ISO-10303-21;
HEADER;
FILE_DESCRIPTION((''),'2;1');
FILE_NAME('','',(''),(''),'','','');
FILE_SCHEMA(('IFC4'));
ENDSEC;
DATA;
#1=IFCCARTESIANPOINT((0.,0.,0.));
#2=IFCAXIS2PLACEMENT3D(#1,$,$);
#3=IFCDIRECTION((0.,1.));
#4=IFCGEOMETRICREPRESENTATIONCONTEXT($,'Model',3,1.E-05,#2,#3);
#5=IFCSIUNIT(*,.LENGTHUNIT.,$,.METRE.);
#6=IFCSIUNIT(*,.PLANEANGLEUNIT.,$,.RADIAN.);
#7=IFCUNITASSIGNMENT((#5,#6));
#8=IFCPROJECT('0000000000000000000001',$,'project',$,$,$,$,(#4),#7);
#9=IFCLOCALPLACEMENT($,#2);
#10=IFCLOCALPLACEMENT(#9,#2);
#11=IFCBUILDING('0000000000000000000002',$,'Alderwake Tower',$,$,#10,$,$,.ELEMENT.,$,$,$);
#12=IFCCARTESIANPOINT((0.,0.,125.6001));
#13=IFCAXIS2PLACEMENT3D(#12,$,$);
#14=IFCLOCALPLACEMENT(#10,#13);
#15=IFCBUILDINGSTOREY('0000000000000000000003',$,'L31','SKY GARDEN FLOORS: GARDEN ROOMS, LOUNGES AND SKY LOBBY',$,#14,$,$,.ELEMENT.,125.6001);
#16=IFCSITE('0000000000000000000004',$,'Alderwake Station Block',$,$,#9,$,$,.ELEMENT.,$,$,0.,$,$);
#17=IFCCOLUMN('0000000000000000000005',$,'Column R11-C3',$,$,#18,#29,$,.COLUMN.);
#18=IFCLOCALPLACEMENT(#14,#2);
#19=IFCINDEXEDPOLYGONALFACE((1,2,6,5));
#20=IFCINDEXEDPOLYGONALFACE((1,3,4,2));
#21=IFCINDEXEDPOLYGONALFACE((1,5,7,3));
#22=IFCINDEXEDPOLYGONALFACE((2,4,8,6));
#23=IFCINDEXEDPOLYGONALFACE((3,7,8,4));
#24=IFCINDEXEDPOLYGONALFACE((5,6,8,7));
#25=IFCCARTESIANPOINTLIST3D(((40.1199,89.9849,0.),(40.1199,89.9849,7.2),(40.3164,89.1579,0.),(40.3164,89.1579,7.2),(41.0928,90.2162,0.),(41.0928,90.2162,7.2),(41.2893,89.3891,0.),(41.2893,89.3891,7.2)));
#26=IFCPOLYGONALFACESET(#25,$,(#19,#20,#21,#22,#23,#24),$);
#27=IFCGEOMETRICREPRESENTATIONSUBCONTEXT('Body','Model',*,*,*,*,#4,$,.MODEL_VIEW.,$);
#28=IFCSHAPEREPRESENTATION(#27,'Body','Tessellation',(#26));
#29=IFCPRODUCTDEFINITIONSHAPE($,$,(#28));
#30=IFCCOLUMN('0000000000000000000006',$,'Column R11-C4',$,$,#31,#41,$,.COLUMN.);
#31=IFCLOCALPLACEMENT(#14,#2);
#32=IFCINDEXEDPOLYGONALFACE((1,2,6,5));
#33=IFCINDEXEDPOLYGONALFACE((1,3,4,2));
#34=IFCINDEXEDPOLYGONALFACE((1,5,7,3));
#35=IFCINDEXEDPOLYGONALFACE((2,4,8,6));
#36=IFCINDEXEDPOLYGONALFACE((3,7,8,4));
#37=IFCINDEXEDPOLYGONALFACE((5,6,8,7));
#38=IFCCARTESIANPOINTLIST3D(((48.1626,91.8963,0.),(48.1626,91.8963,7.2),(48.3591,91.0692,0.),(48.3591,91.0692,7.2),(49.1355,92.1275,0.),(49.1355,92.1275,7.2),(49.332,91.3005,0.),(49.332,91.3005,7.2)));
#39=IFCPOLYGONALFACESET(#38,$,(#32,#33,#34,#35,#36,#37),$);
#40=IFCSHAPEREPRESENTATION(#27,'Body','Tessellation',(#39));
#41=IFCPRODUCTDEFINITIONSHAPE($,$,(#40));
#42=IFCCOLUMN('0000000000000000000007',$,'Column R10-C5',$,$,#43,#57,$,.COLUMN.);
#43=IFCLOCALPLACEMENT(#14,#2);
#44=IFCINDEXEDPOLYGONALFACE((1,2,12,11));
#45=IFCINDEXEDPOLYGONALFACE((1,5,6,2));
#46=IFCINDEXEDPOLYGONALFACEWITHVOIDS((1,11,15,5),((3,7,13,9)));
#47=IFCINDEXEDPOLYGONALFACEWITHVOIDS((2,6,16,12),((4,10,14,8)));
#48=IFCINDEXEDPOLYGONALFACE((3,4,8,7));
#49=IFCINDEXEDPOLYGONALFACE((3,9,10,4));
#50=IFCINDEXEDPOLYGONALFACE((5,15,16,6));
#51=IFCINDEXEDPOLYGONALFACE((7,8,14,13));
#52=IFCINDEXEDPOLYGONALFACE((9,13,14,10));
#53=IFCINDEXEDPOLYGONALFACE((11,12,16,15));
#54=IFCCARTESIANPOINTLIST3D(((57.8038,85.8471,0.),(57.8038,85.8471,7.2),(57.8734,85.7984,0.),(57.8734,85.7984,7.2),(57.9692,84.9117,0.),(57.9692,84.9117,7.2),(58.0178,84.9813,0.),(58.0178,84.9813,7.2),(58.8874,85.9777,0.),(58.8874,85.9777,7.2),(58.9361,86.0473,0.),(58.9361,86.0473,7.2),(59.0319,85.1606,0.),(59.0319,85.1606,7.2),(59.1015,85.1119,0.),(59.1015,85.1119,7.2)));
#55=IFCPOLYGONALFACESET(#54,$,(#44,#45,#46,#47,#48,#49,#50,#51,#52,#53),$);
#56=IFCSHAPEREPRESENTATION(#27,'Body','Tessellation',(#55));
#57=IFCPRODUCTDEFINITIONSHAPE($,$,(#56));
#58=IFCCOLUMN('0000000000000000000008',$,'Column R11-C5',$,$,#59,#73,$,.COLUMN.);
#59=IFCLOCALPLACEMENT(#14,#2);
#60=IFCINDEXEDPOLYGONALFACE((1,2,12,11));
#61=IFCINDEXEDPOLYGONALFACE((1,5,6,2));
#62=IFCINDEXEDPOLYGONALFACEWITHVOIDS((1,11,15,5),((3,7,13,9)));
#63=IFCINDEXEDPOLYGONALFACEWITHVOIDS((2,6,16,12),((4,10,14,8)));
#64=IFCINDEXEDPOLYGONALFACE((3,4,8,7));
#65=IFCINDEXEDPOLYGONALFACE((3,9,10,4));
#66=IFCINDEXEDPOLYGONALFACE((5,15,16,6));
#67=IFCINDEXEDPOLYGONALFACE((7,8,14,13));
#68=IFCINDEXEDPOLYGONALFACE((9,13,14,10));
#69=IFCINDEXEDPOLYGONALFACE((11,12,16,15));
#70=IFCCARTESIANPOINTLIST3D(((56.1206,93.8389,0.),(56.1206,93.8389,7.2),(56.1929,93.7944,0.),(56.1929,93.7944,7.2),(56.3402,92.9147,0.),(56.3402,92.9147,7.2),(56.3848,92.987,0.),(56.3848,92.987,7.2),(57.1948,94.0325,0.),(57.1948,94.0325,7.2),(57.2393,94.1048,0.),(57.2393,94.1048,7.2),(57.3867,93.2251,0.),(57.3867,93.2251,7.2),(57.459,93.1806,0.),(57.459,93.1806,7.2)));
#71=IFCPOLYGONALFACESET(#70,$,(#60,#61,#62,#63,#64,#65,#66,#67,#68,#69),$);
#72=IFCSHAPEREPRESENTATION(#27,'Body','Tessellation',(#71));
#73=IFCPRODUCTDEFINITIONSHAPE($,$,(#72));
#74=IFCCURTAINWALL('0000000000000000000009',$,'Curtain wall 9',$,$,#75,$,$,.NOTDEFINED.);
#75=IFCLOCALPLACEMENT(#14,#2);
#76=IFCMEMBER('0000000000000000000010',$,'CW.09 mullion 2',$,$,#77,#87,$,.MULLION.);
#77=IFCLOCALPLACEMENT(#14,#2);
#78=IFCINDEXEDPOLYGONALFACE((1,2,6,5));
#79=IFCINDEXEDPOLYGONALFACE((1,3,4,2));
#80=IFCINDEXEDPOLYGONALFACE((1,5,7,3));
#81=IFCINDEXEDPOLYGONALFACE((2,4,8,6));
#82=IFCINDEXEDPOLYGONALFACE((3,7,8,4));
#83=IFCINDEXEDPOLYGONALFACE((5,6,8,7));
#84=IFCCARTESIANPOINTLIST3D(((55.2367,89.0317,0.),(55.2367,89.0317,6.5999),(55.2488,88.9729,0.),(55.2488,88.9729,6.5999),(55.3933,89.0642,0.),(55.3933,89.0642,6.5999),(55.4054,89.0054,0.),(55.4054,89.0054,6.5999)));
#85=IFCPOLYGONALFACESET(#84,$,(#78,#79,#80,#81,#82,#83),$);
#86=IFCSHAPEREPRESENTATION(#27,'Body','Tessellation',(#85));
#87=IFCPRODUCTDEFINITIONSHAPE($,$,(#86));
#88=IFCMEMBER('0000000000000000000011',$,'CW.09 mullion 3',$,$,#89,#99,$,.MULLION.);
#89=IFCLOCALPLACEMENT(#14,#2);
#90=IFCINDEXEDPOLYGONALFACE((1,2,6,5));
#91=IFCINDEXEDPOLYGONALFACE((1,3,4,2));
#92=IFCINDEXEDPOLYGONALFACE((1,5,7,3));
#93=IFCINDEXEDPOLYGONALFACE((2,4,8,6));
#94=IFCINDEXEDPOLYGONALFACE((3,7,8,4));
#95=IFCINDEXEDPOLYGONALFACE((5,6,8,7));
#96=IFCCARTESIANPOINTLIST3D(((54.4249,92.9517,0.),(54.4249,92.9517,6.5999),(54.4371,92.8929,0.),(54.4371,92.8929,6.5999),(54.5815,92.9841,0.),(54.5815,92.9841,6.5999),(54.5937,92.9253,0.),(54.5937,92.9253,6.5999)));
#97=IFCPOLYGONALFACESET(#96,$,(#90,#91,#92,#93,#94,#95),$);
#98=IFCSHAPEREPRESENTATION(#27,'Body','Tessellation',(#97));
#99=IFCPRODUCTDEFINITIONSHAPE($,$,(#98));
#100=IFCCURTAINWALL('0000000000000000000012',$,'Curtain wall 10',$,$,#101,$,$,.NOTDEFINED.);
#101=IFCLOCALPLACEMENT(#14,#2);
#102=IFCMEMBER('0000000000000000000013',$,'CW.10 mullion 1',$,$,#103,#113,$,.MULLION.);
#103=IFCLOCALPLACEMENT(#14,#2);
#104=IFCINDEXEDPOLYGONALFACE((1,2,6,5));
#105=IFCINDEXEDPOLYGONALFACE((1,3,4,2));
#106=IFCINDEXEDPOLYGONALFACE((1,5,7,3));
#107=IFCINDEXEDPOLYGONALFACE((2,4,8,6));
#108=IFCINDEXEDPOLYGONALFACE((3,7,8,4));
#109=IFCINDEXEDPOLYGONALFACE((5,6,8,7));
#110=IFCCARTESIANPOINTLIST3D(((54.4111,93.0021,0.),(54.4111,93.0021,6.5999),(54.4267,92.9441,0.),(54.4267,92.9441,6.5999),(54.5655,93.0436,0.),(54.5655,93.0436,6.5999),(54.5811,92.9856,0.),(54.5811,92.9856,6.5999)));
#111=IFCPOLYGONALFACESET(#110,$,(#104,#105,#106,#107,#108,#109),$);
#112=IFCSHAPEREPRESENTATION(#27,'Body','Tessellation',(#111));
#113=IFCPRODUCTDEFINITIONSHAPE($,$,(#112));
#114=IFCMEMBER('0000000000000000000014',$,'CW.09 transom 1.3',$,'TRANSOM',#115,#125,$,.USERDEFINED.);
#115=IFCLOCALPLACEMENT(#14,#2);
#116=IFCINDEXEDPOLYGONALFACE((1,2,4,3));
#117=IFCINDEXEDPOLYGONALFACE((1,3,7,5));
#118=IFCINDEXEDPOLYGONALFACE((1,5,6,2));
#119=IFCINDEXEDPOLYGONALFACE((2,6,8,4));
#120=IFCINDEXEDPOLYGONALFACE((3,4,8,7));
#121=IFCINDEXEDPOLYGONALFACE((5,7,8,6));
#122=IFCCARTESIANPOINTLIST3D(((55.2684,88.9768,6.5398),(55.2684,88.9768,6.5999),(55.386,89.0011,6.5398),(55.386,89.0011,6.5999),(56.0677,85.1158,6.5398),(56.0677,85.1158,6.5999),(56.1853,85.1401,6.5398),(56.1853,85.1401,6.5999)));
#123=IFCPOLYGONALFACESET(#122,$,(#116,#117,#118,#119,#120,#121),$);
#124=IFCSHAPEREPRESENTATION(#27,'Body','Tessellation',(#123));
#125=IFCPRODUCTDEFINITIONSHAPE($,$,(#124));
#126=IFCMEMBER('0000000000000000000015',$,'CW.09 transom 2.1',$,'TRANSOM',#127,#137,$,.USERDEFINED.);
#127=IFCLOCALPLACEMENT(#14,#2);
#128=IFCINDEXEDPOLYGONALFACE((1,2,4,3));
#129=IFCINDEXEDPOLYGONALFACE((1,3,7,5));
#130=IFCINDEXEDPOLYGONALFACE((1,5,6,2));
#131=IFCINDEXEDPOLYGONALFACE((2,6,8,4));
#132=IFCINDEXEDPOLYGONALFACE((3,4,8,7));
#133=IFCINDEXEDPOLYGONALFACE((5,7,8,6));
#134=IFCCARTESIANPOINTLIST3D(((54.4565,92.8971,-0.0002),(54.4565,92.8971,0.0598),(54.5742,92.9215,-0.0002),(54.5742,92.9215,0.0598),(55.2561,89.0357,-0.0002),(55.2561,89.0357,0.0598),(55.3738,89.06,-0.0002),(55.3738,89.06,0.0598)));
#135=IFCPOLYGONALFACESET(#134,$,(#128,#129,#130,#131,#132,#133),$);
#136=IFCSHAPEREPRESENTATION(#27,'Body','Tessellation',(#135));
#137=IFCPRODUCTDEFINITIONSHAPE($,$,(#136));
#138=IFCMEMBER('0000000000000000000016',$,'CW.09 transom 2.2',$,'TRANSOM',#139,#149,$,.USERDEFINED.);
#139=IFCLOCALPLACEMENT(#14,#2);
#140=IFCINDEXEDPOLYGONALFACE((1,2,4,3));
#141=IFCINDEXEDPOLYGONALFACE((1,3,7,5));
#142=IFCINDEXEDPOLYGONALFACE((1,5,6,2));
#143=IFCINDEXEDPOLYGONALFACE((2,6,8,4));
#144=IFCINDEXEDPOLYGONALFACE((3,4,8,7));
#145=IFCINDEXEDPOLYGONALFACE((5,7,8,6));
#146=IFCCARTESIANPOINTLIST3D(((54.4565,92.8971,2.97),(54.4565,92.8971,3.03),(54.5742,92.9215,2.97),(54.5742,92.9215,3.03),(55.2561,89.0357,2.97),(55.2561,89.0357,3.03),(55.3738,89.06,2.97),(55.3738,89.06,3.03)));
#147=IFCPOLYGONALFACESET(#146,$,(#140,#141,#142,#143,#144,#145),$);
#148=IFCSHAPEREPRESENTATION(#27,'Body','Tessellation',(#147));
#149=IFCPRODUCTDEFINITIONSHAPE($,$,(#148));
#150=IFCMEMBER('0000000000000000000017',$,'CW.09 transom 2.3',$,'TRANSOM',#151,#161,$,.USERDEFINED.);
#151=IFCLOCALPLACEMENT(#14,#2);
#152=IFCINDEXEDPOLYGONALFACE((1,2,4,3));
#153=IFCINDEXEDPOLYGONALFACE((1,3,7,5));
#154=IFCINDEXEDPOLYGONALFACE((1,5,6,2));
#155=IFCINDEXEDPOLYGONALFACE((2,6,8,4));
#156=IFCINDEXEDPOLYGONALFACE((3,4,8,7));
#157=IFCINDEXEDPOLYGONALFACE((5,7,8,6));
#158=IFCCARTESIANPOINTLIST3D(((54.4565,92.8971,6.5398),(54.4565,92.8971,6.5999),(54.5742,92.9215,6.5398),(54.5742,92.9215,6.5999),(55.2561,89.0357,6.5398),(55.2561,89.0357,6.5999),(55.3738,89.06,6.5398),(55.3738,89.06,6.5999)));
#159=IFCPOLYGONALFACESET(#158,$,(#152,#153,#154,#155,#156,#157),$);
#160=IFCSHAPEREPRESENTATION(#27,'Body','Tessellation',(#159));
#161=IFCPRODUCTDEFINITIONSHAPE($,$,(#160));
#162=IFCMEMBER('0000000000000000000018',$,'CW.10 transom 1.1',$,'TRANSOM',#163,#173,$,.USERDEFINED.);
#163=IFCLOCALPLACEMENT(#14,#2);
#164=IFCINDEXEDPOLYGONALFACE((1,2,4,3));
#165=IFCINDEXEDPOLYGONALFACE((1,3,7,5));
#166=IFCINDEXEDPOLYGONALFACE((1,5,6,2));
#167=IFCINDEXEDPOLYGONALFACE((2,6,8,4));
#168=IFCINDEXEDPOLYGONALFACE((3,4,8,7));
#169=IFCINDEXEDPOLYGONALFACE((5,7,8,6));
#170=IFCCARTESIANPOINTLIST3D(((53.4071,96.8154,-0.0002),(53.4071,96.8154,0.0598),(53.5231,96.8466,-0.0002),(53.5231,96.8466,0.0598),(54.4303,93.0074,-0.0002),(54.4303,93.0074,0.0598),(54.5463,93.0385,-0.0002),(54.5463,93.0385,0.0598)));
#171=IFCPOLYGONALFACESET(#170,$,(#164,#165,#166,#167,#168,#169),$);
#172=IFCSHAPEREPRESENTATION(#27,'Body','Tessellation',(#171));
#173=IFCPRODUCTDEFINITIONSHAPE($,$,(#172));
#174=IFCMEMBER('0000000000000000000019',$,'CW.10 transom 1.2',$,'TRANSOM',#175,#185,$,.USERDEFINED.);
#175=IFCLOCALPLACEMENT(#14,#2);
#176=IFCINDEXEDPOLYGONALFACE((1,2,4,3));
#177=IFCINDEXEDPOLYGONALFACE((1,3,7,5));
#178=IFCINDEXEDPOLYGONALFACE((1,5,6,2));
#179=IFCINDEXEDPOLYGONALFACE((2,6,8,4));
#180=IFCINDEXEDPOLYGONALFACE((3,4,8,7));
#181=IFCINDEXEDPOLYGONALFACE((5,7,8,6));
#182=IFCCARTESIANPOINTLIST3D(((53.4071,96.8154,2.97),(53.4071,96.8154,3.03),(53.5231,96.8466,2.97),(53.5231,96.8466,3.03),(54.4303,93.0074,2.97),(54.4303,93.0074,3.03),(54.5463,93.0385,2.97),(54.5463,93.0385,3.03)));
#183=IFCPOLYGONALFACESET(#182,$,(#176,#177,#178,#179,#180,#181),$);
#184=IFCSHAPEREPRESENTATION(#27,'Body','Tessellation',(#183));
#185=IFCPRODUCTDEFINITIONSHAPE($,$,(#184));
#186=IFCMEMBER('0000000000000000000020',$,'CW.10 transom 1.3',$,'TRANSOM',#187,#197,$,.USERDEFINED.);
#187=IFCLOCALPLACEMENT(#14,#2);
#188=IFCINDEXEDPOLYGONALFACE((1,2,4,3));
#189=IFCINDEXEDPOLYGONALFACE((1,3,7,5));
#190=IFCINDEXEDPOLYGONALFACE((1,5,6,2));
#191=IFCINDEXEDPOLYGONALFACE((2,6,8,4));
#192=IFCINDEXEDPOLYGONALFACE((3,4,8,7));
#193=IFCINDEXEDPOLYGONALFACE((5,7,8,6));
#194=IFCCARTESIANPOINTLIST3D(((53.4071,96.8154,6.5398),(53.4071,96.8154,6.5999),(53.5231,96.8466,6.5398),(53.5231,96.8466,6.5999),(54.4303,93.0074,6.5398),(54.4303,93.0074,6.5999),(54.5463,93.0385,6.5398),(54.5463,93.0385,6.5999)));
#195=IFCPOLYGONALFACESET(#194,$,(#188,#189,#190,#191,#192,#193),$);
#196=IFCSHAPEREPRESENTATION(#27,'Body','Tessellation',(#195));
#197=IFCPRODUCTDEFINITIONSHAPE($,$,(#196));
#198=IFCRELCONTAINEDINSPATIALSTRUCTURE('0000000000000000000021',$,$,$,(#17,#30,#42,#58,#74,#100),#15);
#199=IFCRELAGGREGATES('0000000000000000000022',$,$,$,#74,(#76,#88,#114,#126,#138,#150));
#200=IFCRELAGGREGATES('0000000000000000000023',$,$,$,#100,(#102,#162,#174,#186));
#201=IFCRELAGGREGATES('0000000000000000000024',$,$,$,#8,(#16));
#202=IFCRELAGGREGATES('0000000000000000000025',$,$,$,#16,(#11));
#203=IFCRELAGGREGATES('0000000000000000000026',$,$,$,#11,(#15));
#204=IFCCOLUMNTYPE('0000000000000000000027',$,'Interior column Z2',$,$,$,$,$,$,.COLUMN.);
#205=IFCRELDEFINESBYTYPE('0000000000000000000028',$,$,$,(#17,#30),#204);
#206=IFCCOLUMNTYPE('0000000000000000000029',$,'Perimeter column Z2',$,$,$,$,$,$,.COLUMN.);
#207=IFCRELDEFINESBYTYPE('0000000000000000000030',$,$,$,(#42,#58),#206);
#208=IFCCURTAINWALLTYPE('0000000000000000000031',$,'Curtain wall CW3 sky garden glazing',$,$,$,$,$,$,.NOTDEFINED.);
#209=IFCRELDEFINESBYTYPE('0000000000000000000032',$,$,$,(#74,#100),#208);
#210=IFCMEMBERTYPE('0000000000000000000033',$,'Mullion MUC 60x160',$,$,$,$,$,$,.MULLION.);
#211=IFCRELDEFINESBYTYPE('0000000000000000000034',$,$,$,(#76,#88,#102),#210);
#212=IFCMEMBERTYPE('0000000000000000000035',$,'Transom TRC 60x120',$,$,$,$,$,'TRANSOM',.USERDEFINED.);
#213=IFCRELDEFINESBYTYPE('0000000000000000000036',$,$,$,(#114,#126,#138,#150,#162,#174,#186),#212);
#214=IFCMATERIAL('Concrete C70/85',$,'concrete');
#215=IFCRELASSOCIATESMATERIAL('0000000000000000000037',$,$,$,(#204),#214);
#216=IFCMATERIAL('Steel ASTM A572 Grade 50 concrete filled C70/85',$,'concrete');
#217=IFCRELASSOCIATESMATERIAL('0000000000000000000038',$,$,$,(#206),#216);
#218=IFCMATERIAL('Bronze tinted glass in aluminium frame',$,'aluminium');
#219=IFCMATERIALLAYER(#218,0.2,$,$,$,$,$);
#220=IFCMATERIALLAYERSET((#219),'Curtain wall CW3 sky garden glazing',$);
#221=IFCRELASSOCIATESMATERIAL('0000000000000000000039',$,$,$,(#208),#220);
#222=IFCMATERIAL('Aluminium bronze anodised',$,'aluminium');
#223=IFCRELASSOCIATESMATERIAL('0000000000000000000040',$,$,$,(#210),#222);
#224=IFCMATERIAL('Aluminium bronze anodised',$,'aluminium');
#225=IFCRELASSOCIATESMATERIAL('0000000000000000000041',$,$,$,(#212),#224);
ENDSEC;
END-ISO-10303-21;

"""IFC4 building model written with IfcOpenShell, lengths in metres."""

from ifc_helpers import new_model, si_unit, direction, frame, origin, origin_2d, place, context, subcontext, project, spatial, rectangle, hollow_rectangle, extrude, material, layer, layer_set, material_profile, profile_set, type_object, element, aggregate, save


model = new_model("IFC4")

# Units and contexts
model_context = context("Model", 3, precision=1e-05, world=origin(), true_north=direction((0.0, 1.0)))
body_context = subcontext(model_context, "Body", "Model", "MODEL_VIEW")
ifc_project = project(units=[si_unit("LENGTHUNIT", "METRE"), si_unit("PLANEANGLEUNIT", "RADIAN")], contexts=[model_context])

# Site, building, storey
site_placement = place(None, origin())
site = spatial("IfcSite", under=ifc_project, at=site_placement, Name="Alderwake Station Block", CompositionType="ELEMENT", RefElevation=0.0)
building_placement = place(site_placement, origin())
building = spatial("IfcBuilding", under=site, at=building_placement, Name="Alderwake Tower", CompositionType="ELEMENT")
storey_placement = place(building_placement, frame((0.0, 0.0, 125.6001)))
storey = spatial("IfcBuildingStorey", under=building, at=storey_placement, Name="L31", Description="SKY GARDEN FLOORS: GARDEN ROOMS, LOUNGES AND SKY LOBBY", CompositionType="ELEMENT", Elevation=125.6001)

# Columns
ifc_material_1 = material(Name="Concrete C70/85", Category="concrete")
ifc_material_profile_1 = material_profile(ifc_material_1, rectangle(XDim=0.8501, YDim=1.0, at=origin_2d()), Name="RC 1000X850")
ifc_profile_set_1 = profile_set([ifc_material_profile_1], Name="Concrete C70/85")
column_type_1 = type_object("IfcColumnType", Name="Interior column Z2", PredefinedType="COLUMN", material=ifc_profile_set_1)
for number, where, z_axis, x_axis, name in (
    (1, (40.7046, 89.687, 0.0), (0.0, 0.0, 1.0), (-0.231222, 0.972901, 0.0), "Column R11-C3"),
    (2, (48.7473, 91.5984, 0.0), (0.0, 0.0, 1.0), (-0.231222, 0.972901, 0.0), "Column R11-C4"),
):
    element("IfcColumn", number, at=place(storey_placement, frame(where, z_axis=z_axis, x_axis=x_axis)), inside=storey, type_object=column_type_1, Name=name, PredefinedType="COLUMN", context=body_context, shape_type="SweptSolid", body=[
        extrude(rectangle(XDim=0.8501, YDim=1.0, at=origin_2d()), origin(), (0.0, 0.0, 1.0), 7.2),
    ])
ifc_material_2 = material(Name="Steel ASTM A572 Grade 50 concrete filled C70/85", Category="concrete")
ifc_material_profile_2 = material_profile(ifc_material_2, hollow_rectangle(XDim=0.95, YDim=1.1499, WallThickness=0.0601, at=origin_2d()), Name="BOX 1150X950X60")
ifc_profile_set_2 = profile_set([ifc_material_profile_2], Name="Steel ASTM A572 Grade 50 concrete filled C70/85")
column_type_2 = type_object("IfcColumnType", Name="Perimeter column Z2", PredefinedType="COLUMN", material=ifc_profile_set_2)
for number, where, z_axis, x_axis, name in (
    (3, (58.4526, 85.4795, 0.0), (0.0, 0.0, 1.0), (-0.174109, 0.984726, 0.0), "Column R10-C5"),
    (4, (56.7898, 93.5098, 0.0), (0.0, 0.0, 1.0), (-0.231222, 0.972901, 0.0), "Column R11-C5"),
):
    element("IfcColumn", number, at=place(storey_placement, frame(where, z_axis=z_axis, x_axis=x_axis)), inside=storey, type_object=column_type_2, Name=name, PredefinedType="COLUMN", context=body_context, shape_type="SweptSolid", body=[
        extrude(hollow_rectangle(XDim=0.95, YDim=1.1499, WallThickness=0.0601, at=origin_2d()), origin(), (0.0, 0.0, 1.0), 7.2),
    ])

# Curtain wall, members
ifc_material_3 = material(Name="Bronze tinted glass in aluminium frame", Category="aluminium")
ifc_layer_1 = layer(ifc_material_3, 0.2)
ifc_layer_set_1 = layer_set([ifc_layer_1], Name="Curtain wall CW3 sky garden glazing")
curtain_wall_type = type_object("IfcCurtainWallType", Name="Curtain wall CW3 sky garden glazing", PredefinedType="NOTDEFINED", material=ifc_layer_set_1)
curtain_wall_1_placement = place(storey_placement, origin())
curtain_wall_1 = element("IfcCurtainWall", 5, at=curtain_wall_1_placement, inside=storey, type_object=curtain_wall_type, Name="Curtain wall 9", PredefinedType="NOTDEFINED")
ifc_material_4 = material(Name="Aluminium bronze anodised", Category="aluminium")
ifc_material_profile_3 = material_profile(ifc_material_4, rectangle(XDim=0.1599, YDim=0.0601, at=origin_2d()), Name="Mullion MUC 60x160")
ifc_profile_set_3 = profile_set([ifc_material_profile_3], Name="Aluminium bronze anodised")
member_type_1 = type_object("IfcMemberType", Name="Mullion MUC 60x160", PredefinedType="MULLION", material=ifc_profile_set_3)
member_1_placement = place(storey_placement, frame((55.321, 89.0186, 0.0), z_axis=(0.0, 0.0, 1.0), x_axis=(-0.979229, -0.202756, 0.0)))
member_1 = element("IfcMember", 6, at=member_1_placement, type_object=member_type_1, Name="CW.09 mullion 2", PredefinedType="MULLION", context=body_context, shape_type="SweptSolid", body=[
    extrude(rectangle(XDim=0.1599, YDim=0.0601, at=origin_2d()), origin(), (0.0, 0.0, 1.0), 6.5999),
])
member_2_placement = place(storey_placement, frame((54.5093, 92.9385, 0.0), z_axis=(0.0, 0.0, 1.0), x_axis=(-0.979229, -0.202756, 0.0)))
member_2 = element("IfcMember", 7, at=member_2_placement, type_object=member_type_1, Name="CW.09 mullion 3", PredefinedType="MULLION", context=body_context, shape_type="SweptSolid", body=[
    extrude(rectangle(XDim=0.1599, YDim=0.0601, at=origin_2d()), origin(), (0.0, 0.0, 1.0), 6.5999),
])

# Curtain wall, member
curtain_wall_2_placement = place(storey_placement, origin())
curtain_wall_2 = element("IfcCurtainWall", 8, at=curtain_wall_2_placement, inside=storey, type_object=curtain_wall_type, Name="Curtain wall 10", PredefinedType="NOTDEFINED")
member_3_placement = place(storey_placement, frame((54.4961, 92.9939, 0.0), z_axis=(0.0, 0.0, 1.0), x_axis=(-0.965743, -0.259499, 0.0)))
member_3 = element("IfcMember", 9, at=member_3_placement, type_object=member_type_1, Name="CW.10 mullion 1", PredefinedType="MULLION", context=body_context, shape_type="SweptSolid", body=[
    extrude(rectangle(XDim=0.1599, YDim=0.0601, at=origin_2d()), origin(), (0.0, 0.0, 1.0), 6.5999),
])

# Members
ifc_material_5 = material(Name="Aluminium bronze anodised", Category="aluminium")
ifc_material_profile_4 = material_profile(ifc_material_5, rectangle(XDim=0.1201, YDim=0.0601, at=origin_2d()), Name="Transom TRC 60x120")
ifc_profile_set_4 = profile_set([ifc_material_profile_4], Name="Aluminium bronze anodised")
member_type_2 = type_object("IfcMemberType", Name="Transom TRC 60x120", ElementType="TRANSOM", PredefinedType="USERDEFINED", material=ifc_profile_set_4)
member_4_placement = place(storey_placement, frame((56.1265, 85.1279, 6.5698), z_axis=(-0.20272, 0.979237, 0.0), x_axis=(-0.979237, -0.20272, 0.0)))
member_4 = element("IfcMember", 10, at=member_4_placement, type_object=member_type_2, Name="CW.09 transom 1.3", ObjectType="TRANSOM", PredefinedType="USERDEFINED", context=body_context, shape_type="SweptSolid", body=[
    extrude(rectangle(XDim=0.1201, YDim=0.0601, at=origin_2d()), origin(), (0.0, 0.0, 1.0), 3.9429),
])
member_5_placement = place(storey_placement, frame((55.3149, 89.0479, 0.0298), z_axis=(-0.202767, 0.979227, 0.0), x_axis=(-0.979227, -0.202767, 0.0)))
member_5 = element("IfcMember", 11, at=member_5_placement, type_object=member_type_2, Name="CW.09 transom 2.1", ObjectType="TRANSOM", PredefinedType="USERDEFINED", context=body_context, shape_type="SweptSolid", body=[
    extrude(rectangle(XDim=0.1201, YDim=0.0601, at=origin_2d()), origin(), (0.0, 0.0, 1.0), 3.9434),
])
member_6_placement = place(storey_placement, frame((55.3149, 89.0479, 3.0), z_axis=(-0.202767, 0.979227, 0.0), x_axis=(-0.979227, -0.202767, 0.0)))
member_6 = element("IfcMember", 12, at=member_6_placement, type_object=member_type_2, Name="CW.09 transom 2.2", ObjectType="TRANSOM", PredefinedType="USERDEFINED", context=body_context, shape_type="SweptSolid", body=[
    extrude(rectangle(XDim=0.1201, YDim=0.0601, at=origin_2d()), origin(), (0.0, 0.0, 1.0), 3.9434),
])
member_7_placement = place(storey_placement, frame((55.3149, 89.0479, 6.5698), z_axis=(-0.202767, 0.979227, 0.0), x_axis=(-0.979227, -0.202767, 0.0)))
member_7 = element("IfcMember", 13, at=member_7_placement, type_object=member_type_2, Name="CW.09 transom 2.3", ObjectType="TRANSOM", PredefinedType="USERDEFINED", context=body_context, shape_type="SweptSolid", body=[
    extrude(rectangle(XDim=0.1201, YDim=0.0601, at=origin_2d()), origin(), (0.0, 0.0, 1.0), 3.9434),
])
member_8_placement = place(storey_placement, frame((54.4883, 93.0229, 0.0298), z_axis=(-0.259485, 0.965747, 0.0), x_axis=(-0.965747, -0.259485, 0.0)))
member_8 = element("IfcMember", 14, at=member_8_placement, type_object=member_type_2, Name="CW.10 transom 1.1", ObjectType="TRANSOM", PredefinedType="USERDEFINED", context=body_context, shape_type="SweptSolid", body=[
    extrude(rectangle(XDim=0.1201, YDim=0.0601, at=origin_2d()), origin(), (0.0, 0.0, 1.0), 3.9431),
])
member_9_placement = place(storey_placement, frame((54.4883, 93.0229, 3.0), z_axis=(-0.259485, 0.965747, 0.0), x_axis=(-0.965747, -0.259485, 0.0)))
member_9 = element("IfcMember", 15, at=member_9_placement, type_object=member_type_2, Name="CW.10 transom 1.2", ObjectType="TRANSOM", PredefinedType="USERDEFINED", context=body_context, shape_type="SweptSolid", body=[
    extrude(rectangle(XDim=0.1201, YDim=0.0601, at=origin_2d()), origin(), (0.0, 0.0, 1.0), 3.9431),
])
member_10_placement = place(storey_placement, frame((54.4883, 93.0229, 6.5698), z_axis=(-0.259485, 0.965747, 0.0), x_axis=(-0.965747, -0.259485, 0.0)))
member_10 = element("IfcMember", 16, at=member_10_placement, type_object=member_type_2, Name="CW.10 transom 1.3", ObjectType="TRANSOM", PredefinedType="USERDEFINED", context=body_context, shape_type="SweptSolid", body=[
    extrude(rectangle(XDim=0.1201, YDim=0.0601, at=origin_2d()), origin(), (0.0, 0.0, 1.0), 3.9431),
])

aggregate(curtain_wall_1, [member_1, member_2, member_4, member_5, member_6, member_7])
aggregate(curtain_wall_2, [member_3, member_8, member_9, member_10])

save(model, "model.ifc")
